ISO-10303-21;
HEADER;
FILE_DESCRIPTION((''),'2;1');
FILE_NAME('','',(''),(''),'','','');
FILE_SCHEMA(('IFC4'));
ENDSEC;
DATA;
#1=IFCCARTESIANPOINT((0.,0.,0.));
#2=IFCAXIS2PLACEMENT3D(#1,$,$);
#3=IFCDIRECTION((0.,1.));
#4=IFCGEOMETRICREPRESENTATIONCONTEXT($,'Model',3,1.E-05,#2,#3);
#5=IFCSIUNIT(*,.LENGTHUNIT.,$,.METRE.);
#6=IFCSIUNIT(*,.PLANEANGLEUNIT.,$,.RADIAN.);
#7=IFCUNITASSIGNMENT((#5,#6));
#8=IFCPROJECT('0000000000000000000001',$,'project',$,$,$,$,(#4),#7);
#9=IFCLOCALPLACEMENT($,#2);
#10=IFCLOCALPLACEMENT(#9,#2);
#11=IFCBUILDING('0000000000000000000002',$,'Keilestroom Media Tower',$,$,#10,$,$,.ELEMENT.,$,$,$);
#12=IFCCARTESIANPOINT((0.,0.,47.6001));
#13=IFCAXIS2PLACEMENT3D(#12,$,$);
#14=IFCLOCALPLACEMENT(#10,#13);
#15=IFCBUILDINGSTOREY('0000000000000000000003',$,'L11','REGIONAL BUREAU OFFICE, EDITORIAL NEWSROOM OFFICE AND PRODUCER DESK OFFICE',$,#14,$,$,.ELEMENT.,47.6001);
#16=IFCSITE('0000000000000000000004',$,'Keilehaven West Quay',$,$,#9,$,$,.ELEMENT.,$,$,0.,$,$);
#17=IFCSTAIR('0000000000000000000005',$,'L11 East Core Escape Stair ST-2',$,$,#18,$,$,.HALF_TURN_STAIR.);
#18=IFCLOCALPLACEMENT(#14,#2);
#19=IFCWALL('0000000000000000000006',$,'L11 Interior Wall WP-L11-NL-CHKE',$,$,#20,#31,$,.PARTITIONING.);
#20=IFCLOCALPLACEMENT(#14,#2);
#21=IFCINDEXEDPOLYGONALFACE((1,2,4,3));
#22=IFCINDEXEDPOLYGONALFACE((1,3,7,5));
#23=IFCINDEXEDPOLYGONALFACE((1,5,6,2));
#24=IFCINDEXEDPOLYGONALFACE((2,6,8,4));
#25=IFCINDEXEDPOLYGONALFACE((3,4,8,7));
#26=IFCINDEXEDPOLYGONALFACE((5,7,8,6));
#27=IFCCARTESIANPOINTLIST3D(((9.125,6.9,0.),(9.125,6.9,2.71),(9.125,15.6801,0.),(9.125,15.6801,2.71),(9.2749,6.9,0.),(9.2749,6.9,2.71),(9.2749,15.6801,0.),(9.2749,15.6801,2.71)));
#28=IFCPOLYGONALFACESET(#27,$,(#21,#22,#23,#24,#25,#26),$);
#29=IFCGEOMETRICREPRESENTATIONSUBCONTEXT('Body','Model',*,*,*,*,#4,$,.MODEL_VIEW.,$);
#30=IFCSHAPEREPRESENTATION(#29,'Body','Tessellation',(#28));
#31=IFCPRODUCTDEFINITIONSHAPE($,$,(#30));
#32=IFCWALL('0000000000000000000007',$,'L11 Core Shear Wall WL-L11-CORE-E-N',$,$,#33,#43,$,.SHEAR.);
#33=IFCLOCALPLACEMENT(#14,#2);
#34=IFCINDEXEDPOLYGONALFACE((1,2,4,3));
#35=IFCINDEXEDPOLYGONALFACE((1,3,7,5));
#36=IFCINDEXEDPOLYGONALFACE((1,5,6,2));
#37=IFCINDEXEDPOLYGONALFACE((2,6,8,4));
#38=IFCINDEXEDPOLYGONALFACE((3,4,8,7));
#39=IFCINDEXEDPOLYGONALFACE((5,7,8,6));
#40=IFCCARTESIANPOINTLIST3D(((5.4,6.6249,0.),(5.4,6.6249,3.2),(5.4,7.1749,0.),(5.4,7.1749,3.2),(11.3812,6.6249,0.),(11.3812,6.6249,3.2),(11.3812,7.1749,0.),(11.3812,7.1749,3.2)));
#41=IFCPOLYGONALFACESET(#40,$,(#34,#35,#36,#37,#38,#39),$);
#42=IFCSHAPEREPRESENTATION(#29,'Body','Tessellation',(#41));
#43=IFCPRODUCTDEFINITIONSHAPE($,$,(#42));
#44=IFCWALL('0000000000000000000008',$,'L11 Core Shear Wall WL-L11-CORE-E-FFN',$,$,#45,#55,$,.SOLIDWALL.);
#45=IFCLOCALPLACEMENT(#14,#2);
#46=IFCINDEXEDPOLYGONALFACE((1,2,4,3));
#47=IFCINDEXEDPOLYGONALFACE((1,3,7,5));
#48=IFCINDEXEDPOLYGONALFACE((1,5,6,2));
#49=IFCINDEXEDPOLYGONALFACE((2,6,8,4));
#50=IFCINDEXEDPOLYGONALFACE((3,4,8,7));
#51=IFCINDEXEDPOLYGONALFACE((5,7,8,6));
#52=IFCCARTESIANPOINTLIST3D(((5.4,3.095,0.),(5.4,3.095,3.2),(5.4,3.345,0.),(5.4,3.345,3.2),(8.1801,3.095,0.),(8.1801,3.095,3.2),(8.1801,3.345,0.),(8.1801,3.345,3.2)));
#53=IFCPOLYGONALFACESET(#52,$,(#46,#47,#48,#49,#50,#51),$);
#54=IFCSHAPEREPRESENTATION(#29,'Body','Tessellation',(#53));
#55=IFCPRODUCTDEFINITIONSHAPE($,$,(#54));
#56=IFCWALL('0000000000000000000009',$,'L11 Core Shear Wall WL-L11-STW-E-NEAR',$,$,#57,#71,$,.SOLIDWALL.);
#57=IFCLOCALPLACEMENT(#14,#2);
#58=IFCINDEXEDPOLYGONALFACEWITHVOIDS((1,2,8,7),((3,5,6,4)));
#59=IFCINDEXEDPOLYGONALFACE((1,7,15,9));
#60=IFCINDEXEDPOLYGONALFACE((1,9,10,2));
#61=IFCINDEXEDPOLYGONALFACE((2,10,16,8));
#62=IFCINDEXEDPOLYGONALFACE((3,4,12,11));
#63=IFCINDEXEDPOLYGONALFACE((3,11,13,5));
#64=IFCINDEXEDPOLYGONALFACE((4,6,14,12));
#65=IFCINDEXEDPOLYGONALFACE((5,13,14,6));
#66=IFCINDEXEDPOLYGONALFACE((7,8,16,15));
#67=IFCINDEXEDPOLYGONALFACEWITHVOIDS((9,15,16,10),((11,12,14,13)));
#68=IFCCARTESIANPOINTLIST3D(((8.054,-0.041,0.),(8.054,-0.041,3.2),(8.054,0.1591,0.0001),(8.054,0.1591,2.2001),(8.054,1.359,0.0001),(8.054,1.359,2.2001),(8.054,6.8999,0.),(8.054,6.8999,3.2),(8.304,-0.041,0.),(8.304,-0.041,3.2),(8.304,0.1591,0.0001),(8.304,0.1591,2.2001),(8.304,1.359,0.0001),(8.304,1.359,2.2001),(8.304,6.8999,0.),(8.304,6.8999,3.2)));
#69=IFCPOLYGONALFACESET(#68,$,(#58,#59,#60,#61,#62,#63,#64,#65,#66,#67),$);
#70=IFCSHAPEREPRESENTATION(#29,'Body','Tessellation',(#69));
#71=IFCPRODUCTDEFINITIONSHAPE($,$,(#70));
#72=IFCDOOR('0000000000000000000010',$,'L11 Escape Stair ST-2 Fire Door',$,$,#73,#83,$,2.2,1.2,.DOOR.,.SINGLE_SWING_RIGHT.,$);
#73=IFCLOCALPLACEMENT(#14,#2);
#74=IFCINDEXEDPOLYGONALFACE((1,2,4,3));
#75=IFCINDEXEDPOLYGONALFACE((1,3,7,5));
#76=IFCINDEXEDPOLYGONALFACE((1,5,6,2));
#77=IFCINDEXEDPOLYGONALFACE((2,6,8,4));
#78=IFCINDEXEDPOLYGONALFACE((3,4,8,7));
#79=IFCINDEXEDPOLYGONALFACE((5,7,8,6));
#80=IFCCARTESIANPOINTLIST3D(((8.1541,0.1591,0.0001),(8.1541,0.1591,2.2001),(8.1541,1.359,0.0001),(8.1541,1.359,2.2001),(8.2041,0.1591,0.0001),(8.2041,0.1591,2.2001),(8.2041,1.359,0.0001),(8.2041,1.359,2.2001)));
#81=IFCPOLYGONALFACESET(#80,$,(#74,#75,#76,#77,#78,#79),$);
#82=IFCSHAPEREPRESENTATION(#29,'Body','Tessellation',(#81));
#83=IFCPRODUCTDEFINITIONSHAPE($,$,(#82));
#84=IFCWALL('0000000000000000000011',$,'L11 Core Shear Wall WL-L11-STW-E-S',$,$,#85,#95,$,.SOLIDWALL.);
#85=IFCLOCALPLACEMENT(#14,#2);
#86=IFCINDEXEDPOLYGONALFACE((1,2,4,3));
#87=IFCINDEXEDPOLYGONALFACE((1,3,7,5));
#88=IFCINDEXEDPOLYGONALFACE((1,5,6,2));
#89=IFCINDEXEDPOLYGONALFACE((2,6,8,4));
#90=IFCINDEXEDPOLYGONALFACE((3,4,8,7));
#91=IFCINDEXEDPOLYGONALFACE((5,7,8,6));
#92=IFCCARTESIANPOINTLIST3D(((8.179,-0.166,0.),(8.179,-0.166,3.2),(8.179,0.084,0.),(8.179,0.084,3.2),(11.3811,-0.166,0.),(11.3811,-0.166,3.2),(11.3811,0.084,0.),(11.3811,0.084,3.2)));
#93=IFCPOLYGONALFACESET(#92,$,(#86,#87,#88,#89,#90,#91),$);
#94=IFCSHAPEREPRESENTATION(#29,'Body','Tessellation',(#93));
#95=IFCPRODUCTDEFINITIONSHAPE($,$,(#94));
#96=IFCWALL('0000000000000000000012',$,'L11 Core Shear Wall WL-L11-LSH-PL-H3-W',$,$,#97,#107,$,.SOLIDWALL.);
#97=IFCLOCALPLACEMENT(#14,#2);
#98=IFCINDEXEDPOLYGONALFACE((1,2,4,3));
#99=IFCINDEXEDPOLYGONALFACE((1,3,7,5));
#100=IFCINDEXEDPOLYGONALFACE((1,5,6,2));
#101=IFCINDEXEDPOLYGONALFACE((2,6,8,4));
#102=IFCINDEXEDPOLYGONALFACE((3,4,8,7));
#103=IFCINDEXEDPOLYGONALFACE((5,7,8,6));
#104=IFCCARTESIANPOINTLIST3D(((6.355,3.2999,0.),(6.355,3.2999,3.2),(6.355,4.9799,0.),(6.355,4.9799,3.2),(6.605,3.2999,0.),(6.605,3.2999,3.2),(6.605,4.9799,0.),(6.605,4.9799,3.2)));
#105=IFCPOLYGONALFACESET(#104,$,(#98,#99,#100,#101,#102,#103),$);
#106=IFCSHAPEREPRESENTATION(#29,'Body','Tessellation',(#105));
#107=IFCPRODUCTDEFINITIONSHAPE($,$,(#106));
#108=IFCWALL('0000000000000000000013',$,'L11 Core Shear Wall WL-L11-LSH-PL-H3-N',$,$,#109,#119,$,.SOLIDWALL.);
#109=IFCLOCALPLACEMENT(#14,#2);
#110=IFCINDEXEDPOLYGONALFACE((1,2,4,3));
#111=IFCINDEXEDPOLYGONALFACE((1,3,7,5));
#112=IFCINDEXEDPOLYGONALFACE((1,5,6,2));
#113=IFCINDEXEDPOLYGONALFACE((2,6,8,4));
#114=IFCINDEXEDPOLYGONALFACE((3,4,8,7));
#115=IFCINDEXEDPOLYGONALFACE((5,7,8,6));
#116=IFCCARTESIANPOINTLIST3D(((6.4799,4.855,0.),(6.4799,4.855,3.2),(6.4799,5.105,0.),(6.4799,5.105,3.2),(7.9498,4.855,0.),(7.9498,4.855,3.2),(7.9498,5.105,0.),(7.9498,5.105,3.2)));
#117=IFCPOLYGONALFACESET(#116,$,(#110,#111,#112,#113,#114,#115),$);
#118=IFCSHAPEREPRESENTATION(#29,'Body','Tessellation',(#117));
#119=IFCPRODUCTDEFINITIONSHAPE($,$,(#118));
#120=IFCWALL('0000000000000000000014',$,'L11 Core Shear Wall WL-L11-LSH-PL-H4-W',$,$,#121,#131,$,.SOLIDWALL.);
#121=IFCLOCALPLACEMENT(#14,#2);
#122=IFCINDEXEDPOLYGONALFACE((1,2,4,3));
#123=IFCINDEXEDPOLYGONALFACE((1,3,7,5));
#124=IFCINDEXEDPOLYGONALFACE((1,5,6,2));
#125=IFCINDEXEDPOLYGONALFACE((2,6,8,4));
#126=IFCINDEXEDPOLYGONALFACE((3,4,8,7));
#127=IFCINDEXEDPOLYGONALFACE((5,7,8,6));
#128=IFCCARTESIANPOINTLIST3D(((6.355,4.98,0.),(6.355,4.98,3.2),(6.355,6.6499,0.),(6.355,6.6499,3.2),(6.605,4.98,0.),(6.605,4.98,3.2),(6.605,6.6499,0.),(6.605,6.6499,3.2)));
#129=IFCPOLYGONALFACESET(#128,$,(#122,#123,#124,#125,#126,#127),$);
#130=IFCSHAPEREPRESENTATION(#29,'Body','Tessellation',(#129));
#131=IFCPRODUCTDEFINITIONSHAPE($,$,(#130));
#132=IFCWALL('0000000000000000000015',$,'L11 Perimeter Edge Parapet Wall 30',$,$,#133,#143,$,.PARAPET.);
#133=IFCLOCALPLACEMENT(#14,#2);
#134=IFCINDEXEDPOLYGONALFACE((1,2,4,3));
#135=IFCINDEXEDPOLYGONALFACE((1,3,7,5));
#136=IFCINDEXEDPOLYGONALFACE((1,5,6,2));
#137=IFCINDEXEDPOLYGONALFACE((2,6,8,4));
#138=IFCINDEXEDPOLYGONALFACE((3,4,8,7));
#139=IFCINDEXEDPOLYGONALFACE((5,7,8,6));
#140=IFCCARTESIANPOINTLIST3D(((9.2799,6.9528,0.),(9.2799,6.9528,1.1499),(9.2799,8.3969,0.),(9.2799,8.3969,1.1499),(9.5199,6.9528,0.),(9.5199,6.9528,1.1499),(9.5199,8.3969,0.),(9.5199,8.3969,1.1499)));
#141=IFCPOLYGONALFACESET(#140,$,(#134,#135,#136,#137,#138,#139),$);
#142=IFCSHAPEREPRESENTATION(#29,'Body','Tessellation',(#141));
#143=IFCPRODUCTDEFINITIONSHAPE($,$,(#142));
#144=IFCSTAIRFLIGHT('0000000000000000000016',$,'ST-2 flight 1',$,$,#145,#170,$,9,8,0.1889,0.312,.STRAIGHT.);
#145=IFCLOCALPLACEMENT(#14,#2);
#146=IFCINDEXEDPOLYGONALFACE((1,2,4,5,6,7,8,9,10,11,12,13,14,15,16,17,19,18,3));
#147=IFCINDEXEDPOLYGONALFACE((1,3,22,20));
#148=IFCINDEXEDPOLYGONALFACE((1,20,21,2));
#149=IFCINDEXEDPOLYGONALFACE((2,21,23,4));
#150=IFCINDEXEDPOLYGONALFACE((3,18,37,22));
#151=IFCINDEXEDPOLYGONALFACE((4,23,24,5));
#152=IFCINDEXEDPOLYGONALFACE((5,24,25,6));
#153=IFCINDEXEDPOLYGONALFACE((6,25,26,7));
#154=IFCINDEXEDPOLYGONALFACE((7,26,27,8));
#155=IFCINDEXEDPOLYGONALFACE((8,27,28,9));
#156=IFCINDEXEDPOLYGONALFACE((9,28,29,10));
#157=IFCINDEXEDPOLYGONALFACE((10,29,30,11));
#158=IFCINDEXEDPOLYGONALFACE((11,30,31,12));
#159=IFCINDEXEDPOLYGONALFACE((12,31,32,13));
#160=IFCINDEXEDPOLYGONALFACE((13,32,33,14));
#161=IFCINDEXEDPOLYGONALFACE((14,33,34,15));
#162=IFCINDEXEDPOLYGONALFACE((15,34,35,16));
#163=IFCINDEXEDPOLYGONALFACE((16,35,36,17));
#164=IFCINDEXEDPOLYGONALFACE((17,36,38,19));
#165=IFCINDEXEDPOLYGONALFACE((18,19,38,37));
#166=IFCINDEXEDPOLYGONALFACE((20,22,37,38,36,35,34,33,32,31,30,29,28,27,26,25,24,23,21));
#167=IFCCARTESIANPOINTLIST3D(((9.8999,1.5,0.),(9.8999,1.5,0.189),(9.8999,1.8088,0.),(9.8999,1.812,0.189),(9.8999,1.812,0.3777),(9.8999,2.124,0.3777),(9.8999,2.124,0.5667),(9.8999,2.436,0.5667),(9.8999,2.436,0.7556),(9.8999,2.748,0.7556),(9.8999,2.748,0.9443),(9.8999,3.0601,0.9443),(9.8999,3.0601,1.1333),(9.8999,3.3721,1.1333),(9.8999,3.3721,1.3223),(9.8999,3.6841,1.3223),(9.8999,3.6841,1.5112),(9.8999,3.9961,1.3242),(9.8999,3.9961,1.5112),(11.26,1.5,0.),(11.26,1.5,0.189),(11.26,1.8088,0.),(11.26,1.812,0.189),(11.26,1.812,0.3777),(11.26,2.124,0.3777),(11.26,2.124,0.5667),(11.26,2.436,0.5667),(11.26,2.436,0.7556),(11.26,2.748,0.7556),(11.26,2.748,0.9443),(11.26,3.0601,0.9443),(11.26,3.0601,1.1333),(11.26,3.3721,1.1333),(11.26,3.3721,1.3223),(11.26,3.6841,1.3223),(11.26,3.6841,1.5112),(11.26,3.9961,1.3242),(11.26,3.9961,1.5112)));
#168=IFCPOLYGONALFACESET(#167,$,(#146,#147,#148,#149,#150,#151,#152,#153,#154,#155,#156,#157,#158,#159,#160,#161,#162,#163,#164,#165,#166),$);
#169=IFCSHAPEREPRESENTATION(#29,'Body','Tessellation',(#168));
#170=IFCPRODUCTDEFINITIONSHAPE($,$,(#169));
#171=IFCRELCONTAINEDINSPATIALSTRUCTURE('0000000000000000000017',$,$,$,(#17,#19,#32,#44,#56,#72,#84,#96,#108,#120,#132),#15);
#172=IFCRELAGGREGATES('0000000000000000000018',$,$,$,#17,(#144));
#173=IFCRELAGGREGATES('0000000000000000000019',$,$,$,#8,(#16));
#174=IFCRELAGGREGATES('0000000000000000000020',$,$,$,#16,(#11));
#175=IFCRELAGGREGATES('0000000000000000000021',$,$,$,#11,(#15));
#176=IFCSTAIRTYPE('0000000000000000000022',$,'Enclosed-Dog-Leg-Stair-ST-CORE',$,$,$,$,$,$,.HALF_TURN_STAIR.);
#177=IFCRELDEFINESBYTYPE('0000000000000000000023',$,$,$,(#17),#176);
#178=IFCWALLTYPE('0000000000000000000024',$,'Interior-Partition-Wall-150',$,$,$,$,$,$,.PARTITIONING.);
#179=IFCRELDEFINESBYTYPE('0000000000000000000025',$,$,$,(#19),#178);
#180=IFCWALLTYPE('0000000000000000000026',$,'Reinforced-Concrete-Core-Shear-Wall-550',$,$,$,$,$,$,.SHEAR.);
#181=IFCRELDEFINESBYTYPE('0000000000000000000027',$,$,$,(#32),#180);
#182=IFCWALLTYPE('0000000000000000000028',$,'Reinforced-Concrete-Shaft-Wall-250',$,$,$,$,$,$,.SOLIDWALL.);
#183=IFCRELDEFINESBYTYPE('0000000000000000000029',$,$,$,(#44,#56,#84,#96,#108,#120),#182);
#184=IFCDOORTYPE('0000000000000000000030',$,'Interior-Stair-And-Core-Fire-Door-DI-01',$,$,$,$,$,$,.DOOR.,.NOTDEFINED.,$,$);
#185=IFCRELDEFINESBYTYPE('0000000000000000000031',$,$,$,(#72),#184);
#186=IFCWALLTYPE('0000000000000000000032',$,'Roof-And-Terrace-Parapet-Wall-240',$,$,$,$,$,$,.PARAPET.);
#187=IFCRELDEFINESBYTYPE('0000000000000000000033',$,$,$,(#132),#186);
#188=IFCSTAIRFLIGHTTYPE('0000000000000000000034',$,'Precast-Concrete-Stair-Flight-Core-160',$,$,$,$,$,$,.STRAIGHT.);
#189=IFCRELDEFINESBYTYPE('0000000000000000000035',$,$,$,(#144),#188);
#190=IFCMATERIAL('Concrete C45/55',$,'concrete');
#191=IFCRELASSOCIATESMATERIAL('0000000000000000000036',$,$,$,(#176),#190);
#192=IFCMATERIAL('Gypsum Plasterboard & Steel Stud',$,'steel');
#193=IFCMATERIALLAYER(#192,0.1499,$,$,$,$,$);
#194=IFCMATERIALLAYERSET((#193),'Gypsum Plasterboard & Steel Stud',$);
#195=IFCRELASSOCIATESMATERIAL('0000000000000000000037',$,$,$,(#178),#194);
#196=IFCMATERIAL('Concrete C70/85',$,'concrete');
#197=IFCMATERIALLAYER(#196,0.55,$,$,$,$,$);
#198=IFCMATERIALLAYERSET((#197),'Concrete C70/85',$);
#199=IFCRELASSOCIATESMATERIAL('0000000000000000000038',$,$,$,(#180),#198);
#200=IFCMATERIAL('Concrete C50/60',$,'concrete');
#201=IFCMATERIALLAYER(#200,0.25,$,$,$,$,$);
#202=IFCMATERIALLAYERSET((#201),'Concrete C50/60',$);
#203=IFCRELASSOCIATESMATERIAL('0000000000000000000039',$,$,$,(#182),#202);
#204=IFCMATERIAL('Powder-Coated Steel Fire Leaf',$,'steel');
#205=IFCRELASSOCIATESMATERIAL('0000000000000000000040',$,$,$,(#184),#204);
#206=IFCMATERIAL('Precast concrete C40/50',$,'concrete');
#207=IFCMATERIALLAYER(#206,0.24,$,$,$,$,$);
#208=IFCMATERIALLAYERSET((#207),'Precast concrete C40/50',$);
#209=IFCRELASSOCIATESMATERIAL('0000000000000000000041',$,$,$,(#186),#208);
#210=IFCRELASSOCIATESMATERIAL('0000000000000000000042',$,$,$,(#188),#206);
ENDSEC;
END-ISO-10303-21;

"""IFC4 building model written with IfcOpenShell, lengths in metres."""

from ifc_helpers import new_model, si_unit, direction, frame, frame_2d, origin, place, context, subcontext, project, spatial, polyline, rectangle, outline, extrude, source, transform, mapped, material, layer, layer_set, type_object, element, fill, aggregate, save


model = new_model("IFC4")

# Units and contexts
model_context = context("Model", 3, precision=1e-05, world=origin(), true_north=direction((0.0, 1.0)))
body_context = subcontext(model_context, "Body", "Model", "MODEL_VIEW")
ifc_project = project(units=[si_unit("LENGTHUNIT", "METRE"), si_unit("PLANEANGLEUNIT", "RADIAN")], contexts=[model_context])

# Site, building, storey
site_placement = place(None, origin())
site = spatial("IfcSite", under=ifc_project, at=site_placement, Name="Keilehaven West Quay", CompositionType="ELEMENT", RefElevation=0.0)
building_placement = place(site_placement, origin())
building = spatial("IfcBuilding", under=site, at=building_placement, Name="Keilestroom Media Tower", CompositionType="ELEMENT")
storey_placement = place(building_placement, frame((0.0, 0.0, 47.6001)))
storey = spatial("IfcBuildingStorey", under=building, at=storey_placement, Name="L11", Description="REGIONAL BUREAU OFFICE, EDITORIAL NEWSROOM OFFICE AND PRODUCER DESK OFFICE", CompositionType="ELEMENT", Elevation=47.6001)

# Shared definitions
ifc_material_1 = material(Name="Concrete C70/85", Category="concrete")

# Shared definitions
ifc_material_2 = material(Name="Concrete C45/55", Category="concrete")

# Stair
stair_type = type_object("IfcStairType", Name="Enclosed-Dog-Leg-Stair-ST-CORE", PredefinedType="HALF_TURN_STAIR", material=ifc_material_2)
stair_1_placement = place(storey_placement, origin())
stair_1 = element("IfcStair", 1, at=stair_1_placement, inside=storey, type_object=stair_type, Name="L11 East Core Escape Stair ST-2", PredefinedType="HALF_TURN_STAIR")

# Walls
ifc_material_3 = material(Name="Gypsum Plasterboard & Steel Stud", Category="steel")
ifc_layer_1 = layer(ifc_material_3, 0.1499)
ifc_layer_set_1 = layer_set([ifc_layer_1], Name="Gypsum Plasterboard & Steel Stud")
wall_type_1 = type_object("IfcWallType", Name="Interior-Partition-Wall-150", PredefinedType="PARTITIONING", material=ifc_layer_set_1)
wall_1_placement = place(storey_placement, frame((9.2, 6.8999, 0.0), z_axis=(0.0, 0.0, 1.0), x_axis=(0.0, 1.0, 0.0)))
element("IfcWall", 2, at=wall_1_placement, inside=storey, type_object=wall_type_1, Name="L11 Interior Wall WP-L11-NL-CHKE", PredefinedType="PARTITIONING", context=body_context, shape_type="SweptSolid", body=[
    extrude(rectangle(XDim=8.78, YDim=0.1499, at=frame_2d((4.3901, 0.0))), origin(), (0.0, 0.0, 1.0), 2.71),
])
ifc_layer_2 = layer(ifc_material_1, 0.55)
ifc_layer_set_2 = layer_set([ifc_layer_2], Name="Concrete C70/85")
wall_type_2 = type_object("IfcWallType", Name="Reinforced-Concrete-Core-Shear-Wall-550", PredefinedType="SHEAR", material=ifc_layer_set_2)
wall_2_placement = place(storey_placement, frame((5.3999, 6.8999, 0.0), z_axis=(0.0, 0.0, 1.0), x_axis=(1.0, 0.0, 0.0)))
element("IfcWall", 3, at=wall_2_placement, inside=storey, type_object=wall_type_2, Name="L11 Core Shear Wall WL-L11-CORE-E-N", PredefinedType="SHEAR", context=body_context, shape_type="SweptSolid", body=[
    extrude(rectangle(XDim=5.9812, YDim=0.55, at=frame_2d((2.9907, 0.0))), origin(), (0.0, 0.0, 1.0), 3.2),
])
ifc_material_4 = material(Name="Concrete C50/60", Category="concrete")
ifc_layer_3 = layer(ifc_material_4, 0.25)
ifc_layer_set_3 = layer_set([ifc_layer_3], Name="Concrete C50/60")
wall_type_3 = type_object("IfcWallType", Name="Reinforced-Concrete-Shaft-Wall-250", PredefinedType="SOLIDWALL", material=ifc_layer_set_3)
wall_3_placement = place(storey_placement, frame((5.3999, 3.22, 0.0), z_axis=(0.0, 0.0, 1.0), x_axis=(1.0, 0.0, 0.0)))
element("IfcWall", 4, at=wall_3_placement, inside=storey, type_object=wall_type_3, Name="L11 Core Shear Wall WL-L11-CORE-E-FFN", PredefinedType="SOLIDWALL", context=body_context, shape_type="SweptSolid", body=[
    extrude(rectangle(XDim=2.78, YDim=0.25, at=frame_2d((1.3901, 0.0))), origin(), (0.0, 0.0, 1.0), 3.2),
])

# Wall, opening, door
wall_4_placement = place(storey_placement, frame((8.179, -0.041, 0.0), z_axis=(0.0, 0.0, 1.0), x_axis=(0.0, 1.0, 0.0)))
wall_4 = element("IfcWall", 5, at=wall_4_placement, inside=storey, type_object=wall_type_3, Name="L11 Core Shear Wall WL-L11-STW-E-NEAR", PredefinedType="SOLIDWALL", context=body_context, shape_type="SweptSolid", body=[
    extrude(rectangle(XDim=6.9409, YDim=0.25, at=frame_2d((3.4705, 0.0))), origin(), (0.0, 0.0, 1.0), 3.2),
])
opening_placement = place(wall_4_placement, frame((0.2, 0.0, 0.0)))
opening = element("IfcOpeningElement", 6, at=opening_placement, cuts=wall_4, PredefinedType="OPENING", context=body_context, shape_type="SweptSolid", body=[
    extrude(rectangle(XDim=1.2, YDim=2.2, at=frame_2d((0.6001, 1.1001))), frame((0.0, 0.135, 0.0), z_axis=(0.0, -1.0, 0.0), x_axis=(1.0, 0.0, 0.0)), (0.0, 0.0, 1.0), 0.27),
])
ifc_material_5 = material(Name="Powder-Coated Steel Fire Leaf", Category="steel")
door_type = type_object("IfcDoorType", Name="Interior-Stair-And-Core-Fire-Door-DI-01", OperationType="NOTDEFINED", PredefinedType="DOOR", material=ifc_material_5)
shared_shape_1 = source(origin(), body_context, "Body", "SweptSolid", [
    extrude(rectangle(XDim=1.2, YDim=2.2, at=frame_2d((0.6001, 1.1001))), frame((0.0, 0.0249, 0.0), z_axis=(0.0, -1.0, 0.0), x_axis=(1.0, 0.0, 0.0)), (0.0, 0.0, 1.0), 0.05),
])
door_placement = place(opening_placement, origin())
door = element("IfcDoor", 7, at=door_placement, inside=storey, type_object=door_type, Name="L11 Escape Stair ST-2 Fire Door", OperationType="SINGLE_SWING_RIGHT", OverallHeight=2.2, OverallWidth=1.2, PredefinedType="DOOR", context=body_context, shape_type="MappedRepresentation", body=[
    mapped(shared_shape_1, transform((0.0, 0.0, 0.0), x_axis=(1.0, 0.0, 0.0), y_axis=(0.0, 1.0, 0.0), z_axis=(0.0, 0.0, 1.0), scale=1.0)),
])
fill(opening, door)

# Walls
wall_5_placement = place(storey_placement, frame((8.179, -0.041, 0.0), z_axis=(0.0, 0.0, 1.0), x_axis=(1.0, 0.0, 0.0)))
element("IfcWall", 8, at=wall_5_placement, inside=storey, type_object=wall_type_3, Name="L11 Core Shear Wall WL-L11-STW-E-S", PredefinedType="SOLIDWALL", context=body_context, shape_type="SweptSolid", body=[
    extrude(rectangle(XDim=3.2021, YDim=0.25, at=frame_2d((1.6011, 0.0))), origin(), (0.0, 0.0, 1.0), 3.2),
])
wall_6_placement = place(storey_placement, frame((6.48, 3.3, 0.0), z_axis=(0.0, 0.0, 1.0), x_axis=(0.0, 1.0, 0.0)))
element("IfcWall", 9, at=wall_6_placement, inside=storey, type_object=wall_type_3, Name="L11 Core Shear Wall WL-L11-LSH-PL-H3-W", PredefinedType="SOLIDWALL", context=body_context, shape_type="SweptSolid", body=[
    extrude(rectangle(XDim=1.6799, YDim=0.25, at=frame_2d((0.8398, 0.0))), origin(), (0.0, 0.0, 1.0), 3.2),
])
wall_7_placement = place(storey_placement, frame((6.48, 4.98, 0.0), z_axis=(0.0, 0.0, 1.0), x_axis=(1.0, 0.0, 0.0)))
element("IfcWall", 10, at=wall_7_placement, inside=storey, type_object=wall_type_3, Name="L11 Core Shear Wall WL-L11-LSH-PL-H3-N", PredefinedType="SOLIDWALL", context=body_context, shape_type="SweptSolid", body=[
    extrude(rectangle(XDim=1.47, YDim=0.25, at=frame_2d((0.7349, 0.0))), origin(), (0.0, 0.0, 1.0), 3.2),
])
wall_8_placement = place(storey_placement, frame((6.48, 4.98, 0.0), z_axis=(0.0, 0.0, 1.0), x_axis=(0.0, 1.0, 0.0)))
element("IfcWall", 11, at=wall_8_placement, inside=storey, type_object=wall_type_3, Name="L11 Core Shear Wall WL-L11-LSH-PL-H4-W", PredefinedType="SOLIDWALL", context=body_context, shape_type="SweptSolid", body=[
    extrude(rectangle(XDim=1.6699, YDim=0.25, at=frame_2d((0.835, 0.0))), origin(), (0.0, 0.0, 1.0), 3.2),
])
ifc_material_6 = material(Name="Precast concrete C40/50", Category="concrete")
ifc_layer_4 = layer(ifc_material_6, 0.24)
ifc_layer_set_4 = layer_set([ifc_layer_4], Name="Precast concrete C40/50")
wall_type_4 = type_object("IfcWallType", Name="Roof-And-Terrace-Parapet-Wall-240", PredefinedType="PARAPET", material=ifc_layer_set_4)
wall_9_placement = place(storey_placement, frame((9.3999, 8.397, 0.0), z_axis=(0.0, 0.0, 1.0), x_axis=(0.0, -1.0, 0.0)))
element("IfcWall", 12, at=wall_9_placement, inside=storey, type_object=wall_type_4, Name="L11 Perimeter Edge Parapet Wall 30", PredefinedType="PARAPET", context=body_context, shape_type="SweptSolid", body=[
    extrude(rectangle(XDim=1.4441, YDim=0.24, at=frame_2d((0.7222, 0.0))), origin(), (0.0, 0.0, 1.0), 1.1499),
])

# Stair flight
stair_flight_type = type_object("IfcStairFlightType", Name="Precast-Concrete-Stair-Flight-Core-160", PredefinedType="STRAIGHT", material=ifc_material_6)
stair_flight_1_placement = place(storey_placement, frame((10.5801, 1.5, 0.0), z_axis=(0.0, 0.0, 1.0), x_axis=(0.0, 1.0, 0.0)))
stair_flight_1 = element("IfcStairFlight", 13, at=stair_flight_1_placement, type_object=stair_flight_type, Name="ST-2 flight 1", NumberOfRisers=9, NumberOfTreads=8, PredefinedType="STRAIGHT", RiserHeight=0.1889, TreadLength=0.312, context=body_context, shape_type="SweptSolid", body=[
    extrude(outline(polyline([(0.0, 0.0), (0.0, 0.189), (0.312, 0.189), (0.312, 0.3777), (0.624, 0.3777), (0.624, 0.5667), (0.936, 0.5667), (0.936, 0.7556), (1.248, 0.7556), (1.248, 0.9443), (1.5601, 0.9443), (1.5601, 1.1333), (1.8721, 1.1333), (1.8721, 1.3223), (2.1841, 1.3223), (2.1841, 1.5112), (2.4961, 1.5112), (2.4961, 1.7), (2.4961, 1.3242), (0.3088, 0.0), (0.0, 0.0)])), frame((0.0, 0.6802, 0.0), z_axis=(0.0, -1.0, 0.0), x_axis=(1.0, 0.0, 0.0)), (0.0, 0.0, 1.0), 1.3601),
])
aggregate(stair_1, [stair_flight_1])

save(model, "model.ifc")
